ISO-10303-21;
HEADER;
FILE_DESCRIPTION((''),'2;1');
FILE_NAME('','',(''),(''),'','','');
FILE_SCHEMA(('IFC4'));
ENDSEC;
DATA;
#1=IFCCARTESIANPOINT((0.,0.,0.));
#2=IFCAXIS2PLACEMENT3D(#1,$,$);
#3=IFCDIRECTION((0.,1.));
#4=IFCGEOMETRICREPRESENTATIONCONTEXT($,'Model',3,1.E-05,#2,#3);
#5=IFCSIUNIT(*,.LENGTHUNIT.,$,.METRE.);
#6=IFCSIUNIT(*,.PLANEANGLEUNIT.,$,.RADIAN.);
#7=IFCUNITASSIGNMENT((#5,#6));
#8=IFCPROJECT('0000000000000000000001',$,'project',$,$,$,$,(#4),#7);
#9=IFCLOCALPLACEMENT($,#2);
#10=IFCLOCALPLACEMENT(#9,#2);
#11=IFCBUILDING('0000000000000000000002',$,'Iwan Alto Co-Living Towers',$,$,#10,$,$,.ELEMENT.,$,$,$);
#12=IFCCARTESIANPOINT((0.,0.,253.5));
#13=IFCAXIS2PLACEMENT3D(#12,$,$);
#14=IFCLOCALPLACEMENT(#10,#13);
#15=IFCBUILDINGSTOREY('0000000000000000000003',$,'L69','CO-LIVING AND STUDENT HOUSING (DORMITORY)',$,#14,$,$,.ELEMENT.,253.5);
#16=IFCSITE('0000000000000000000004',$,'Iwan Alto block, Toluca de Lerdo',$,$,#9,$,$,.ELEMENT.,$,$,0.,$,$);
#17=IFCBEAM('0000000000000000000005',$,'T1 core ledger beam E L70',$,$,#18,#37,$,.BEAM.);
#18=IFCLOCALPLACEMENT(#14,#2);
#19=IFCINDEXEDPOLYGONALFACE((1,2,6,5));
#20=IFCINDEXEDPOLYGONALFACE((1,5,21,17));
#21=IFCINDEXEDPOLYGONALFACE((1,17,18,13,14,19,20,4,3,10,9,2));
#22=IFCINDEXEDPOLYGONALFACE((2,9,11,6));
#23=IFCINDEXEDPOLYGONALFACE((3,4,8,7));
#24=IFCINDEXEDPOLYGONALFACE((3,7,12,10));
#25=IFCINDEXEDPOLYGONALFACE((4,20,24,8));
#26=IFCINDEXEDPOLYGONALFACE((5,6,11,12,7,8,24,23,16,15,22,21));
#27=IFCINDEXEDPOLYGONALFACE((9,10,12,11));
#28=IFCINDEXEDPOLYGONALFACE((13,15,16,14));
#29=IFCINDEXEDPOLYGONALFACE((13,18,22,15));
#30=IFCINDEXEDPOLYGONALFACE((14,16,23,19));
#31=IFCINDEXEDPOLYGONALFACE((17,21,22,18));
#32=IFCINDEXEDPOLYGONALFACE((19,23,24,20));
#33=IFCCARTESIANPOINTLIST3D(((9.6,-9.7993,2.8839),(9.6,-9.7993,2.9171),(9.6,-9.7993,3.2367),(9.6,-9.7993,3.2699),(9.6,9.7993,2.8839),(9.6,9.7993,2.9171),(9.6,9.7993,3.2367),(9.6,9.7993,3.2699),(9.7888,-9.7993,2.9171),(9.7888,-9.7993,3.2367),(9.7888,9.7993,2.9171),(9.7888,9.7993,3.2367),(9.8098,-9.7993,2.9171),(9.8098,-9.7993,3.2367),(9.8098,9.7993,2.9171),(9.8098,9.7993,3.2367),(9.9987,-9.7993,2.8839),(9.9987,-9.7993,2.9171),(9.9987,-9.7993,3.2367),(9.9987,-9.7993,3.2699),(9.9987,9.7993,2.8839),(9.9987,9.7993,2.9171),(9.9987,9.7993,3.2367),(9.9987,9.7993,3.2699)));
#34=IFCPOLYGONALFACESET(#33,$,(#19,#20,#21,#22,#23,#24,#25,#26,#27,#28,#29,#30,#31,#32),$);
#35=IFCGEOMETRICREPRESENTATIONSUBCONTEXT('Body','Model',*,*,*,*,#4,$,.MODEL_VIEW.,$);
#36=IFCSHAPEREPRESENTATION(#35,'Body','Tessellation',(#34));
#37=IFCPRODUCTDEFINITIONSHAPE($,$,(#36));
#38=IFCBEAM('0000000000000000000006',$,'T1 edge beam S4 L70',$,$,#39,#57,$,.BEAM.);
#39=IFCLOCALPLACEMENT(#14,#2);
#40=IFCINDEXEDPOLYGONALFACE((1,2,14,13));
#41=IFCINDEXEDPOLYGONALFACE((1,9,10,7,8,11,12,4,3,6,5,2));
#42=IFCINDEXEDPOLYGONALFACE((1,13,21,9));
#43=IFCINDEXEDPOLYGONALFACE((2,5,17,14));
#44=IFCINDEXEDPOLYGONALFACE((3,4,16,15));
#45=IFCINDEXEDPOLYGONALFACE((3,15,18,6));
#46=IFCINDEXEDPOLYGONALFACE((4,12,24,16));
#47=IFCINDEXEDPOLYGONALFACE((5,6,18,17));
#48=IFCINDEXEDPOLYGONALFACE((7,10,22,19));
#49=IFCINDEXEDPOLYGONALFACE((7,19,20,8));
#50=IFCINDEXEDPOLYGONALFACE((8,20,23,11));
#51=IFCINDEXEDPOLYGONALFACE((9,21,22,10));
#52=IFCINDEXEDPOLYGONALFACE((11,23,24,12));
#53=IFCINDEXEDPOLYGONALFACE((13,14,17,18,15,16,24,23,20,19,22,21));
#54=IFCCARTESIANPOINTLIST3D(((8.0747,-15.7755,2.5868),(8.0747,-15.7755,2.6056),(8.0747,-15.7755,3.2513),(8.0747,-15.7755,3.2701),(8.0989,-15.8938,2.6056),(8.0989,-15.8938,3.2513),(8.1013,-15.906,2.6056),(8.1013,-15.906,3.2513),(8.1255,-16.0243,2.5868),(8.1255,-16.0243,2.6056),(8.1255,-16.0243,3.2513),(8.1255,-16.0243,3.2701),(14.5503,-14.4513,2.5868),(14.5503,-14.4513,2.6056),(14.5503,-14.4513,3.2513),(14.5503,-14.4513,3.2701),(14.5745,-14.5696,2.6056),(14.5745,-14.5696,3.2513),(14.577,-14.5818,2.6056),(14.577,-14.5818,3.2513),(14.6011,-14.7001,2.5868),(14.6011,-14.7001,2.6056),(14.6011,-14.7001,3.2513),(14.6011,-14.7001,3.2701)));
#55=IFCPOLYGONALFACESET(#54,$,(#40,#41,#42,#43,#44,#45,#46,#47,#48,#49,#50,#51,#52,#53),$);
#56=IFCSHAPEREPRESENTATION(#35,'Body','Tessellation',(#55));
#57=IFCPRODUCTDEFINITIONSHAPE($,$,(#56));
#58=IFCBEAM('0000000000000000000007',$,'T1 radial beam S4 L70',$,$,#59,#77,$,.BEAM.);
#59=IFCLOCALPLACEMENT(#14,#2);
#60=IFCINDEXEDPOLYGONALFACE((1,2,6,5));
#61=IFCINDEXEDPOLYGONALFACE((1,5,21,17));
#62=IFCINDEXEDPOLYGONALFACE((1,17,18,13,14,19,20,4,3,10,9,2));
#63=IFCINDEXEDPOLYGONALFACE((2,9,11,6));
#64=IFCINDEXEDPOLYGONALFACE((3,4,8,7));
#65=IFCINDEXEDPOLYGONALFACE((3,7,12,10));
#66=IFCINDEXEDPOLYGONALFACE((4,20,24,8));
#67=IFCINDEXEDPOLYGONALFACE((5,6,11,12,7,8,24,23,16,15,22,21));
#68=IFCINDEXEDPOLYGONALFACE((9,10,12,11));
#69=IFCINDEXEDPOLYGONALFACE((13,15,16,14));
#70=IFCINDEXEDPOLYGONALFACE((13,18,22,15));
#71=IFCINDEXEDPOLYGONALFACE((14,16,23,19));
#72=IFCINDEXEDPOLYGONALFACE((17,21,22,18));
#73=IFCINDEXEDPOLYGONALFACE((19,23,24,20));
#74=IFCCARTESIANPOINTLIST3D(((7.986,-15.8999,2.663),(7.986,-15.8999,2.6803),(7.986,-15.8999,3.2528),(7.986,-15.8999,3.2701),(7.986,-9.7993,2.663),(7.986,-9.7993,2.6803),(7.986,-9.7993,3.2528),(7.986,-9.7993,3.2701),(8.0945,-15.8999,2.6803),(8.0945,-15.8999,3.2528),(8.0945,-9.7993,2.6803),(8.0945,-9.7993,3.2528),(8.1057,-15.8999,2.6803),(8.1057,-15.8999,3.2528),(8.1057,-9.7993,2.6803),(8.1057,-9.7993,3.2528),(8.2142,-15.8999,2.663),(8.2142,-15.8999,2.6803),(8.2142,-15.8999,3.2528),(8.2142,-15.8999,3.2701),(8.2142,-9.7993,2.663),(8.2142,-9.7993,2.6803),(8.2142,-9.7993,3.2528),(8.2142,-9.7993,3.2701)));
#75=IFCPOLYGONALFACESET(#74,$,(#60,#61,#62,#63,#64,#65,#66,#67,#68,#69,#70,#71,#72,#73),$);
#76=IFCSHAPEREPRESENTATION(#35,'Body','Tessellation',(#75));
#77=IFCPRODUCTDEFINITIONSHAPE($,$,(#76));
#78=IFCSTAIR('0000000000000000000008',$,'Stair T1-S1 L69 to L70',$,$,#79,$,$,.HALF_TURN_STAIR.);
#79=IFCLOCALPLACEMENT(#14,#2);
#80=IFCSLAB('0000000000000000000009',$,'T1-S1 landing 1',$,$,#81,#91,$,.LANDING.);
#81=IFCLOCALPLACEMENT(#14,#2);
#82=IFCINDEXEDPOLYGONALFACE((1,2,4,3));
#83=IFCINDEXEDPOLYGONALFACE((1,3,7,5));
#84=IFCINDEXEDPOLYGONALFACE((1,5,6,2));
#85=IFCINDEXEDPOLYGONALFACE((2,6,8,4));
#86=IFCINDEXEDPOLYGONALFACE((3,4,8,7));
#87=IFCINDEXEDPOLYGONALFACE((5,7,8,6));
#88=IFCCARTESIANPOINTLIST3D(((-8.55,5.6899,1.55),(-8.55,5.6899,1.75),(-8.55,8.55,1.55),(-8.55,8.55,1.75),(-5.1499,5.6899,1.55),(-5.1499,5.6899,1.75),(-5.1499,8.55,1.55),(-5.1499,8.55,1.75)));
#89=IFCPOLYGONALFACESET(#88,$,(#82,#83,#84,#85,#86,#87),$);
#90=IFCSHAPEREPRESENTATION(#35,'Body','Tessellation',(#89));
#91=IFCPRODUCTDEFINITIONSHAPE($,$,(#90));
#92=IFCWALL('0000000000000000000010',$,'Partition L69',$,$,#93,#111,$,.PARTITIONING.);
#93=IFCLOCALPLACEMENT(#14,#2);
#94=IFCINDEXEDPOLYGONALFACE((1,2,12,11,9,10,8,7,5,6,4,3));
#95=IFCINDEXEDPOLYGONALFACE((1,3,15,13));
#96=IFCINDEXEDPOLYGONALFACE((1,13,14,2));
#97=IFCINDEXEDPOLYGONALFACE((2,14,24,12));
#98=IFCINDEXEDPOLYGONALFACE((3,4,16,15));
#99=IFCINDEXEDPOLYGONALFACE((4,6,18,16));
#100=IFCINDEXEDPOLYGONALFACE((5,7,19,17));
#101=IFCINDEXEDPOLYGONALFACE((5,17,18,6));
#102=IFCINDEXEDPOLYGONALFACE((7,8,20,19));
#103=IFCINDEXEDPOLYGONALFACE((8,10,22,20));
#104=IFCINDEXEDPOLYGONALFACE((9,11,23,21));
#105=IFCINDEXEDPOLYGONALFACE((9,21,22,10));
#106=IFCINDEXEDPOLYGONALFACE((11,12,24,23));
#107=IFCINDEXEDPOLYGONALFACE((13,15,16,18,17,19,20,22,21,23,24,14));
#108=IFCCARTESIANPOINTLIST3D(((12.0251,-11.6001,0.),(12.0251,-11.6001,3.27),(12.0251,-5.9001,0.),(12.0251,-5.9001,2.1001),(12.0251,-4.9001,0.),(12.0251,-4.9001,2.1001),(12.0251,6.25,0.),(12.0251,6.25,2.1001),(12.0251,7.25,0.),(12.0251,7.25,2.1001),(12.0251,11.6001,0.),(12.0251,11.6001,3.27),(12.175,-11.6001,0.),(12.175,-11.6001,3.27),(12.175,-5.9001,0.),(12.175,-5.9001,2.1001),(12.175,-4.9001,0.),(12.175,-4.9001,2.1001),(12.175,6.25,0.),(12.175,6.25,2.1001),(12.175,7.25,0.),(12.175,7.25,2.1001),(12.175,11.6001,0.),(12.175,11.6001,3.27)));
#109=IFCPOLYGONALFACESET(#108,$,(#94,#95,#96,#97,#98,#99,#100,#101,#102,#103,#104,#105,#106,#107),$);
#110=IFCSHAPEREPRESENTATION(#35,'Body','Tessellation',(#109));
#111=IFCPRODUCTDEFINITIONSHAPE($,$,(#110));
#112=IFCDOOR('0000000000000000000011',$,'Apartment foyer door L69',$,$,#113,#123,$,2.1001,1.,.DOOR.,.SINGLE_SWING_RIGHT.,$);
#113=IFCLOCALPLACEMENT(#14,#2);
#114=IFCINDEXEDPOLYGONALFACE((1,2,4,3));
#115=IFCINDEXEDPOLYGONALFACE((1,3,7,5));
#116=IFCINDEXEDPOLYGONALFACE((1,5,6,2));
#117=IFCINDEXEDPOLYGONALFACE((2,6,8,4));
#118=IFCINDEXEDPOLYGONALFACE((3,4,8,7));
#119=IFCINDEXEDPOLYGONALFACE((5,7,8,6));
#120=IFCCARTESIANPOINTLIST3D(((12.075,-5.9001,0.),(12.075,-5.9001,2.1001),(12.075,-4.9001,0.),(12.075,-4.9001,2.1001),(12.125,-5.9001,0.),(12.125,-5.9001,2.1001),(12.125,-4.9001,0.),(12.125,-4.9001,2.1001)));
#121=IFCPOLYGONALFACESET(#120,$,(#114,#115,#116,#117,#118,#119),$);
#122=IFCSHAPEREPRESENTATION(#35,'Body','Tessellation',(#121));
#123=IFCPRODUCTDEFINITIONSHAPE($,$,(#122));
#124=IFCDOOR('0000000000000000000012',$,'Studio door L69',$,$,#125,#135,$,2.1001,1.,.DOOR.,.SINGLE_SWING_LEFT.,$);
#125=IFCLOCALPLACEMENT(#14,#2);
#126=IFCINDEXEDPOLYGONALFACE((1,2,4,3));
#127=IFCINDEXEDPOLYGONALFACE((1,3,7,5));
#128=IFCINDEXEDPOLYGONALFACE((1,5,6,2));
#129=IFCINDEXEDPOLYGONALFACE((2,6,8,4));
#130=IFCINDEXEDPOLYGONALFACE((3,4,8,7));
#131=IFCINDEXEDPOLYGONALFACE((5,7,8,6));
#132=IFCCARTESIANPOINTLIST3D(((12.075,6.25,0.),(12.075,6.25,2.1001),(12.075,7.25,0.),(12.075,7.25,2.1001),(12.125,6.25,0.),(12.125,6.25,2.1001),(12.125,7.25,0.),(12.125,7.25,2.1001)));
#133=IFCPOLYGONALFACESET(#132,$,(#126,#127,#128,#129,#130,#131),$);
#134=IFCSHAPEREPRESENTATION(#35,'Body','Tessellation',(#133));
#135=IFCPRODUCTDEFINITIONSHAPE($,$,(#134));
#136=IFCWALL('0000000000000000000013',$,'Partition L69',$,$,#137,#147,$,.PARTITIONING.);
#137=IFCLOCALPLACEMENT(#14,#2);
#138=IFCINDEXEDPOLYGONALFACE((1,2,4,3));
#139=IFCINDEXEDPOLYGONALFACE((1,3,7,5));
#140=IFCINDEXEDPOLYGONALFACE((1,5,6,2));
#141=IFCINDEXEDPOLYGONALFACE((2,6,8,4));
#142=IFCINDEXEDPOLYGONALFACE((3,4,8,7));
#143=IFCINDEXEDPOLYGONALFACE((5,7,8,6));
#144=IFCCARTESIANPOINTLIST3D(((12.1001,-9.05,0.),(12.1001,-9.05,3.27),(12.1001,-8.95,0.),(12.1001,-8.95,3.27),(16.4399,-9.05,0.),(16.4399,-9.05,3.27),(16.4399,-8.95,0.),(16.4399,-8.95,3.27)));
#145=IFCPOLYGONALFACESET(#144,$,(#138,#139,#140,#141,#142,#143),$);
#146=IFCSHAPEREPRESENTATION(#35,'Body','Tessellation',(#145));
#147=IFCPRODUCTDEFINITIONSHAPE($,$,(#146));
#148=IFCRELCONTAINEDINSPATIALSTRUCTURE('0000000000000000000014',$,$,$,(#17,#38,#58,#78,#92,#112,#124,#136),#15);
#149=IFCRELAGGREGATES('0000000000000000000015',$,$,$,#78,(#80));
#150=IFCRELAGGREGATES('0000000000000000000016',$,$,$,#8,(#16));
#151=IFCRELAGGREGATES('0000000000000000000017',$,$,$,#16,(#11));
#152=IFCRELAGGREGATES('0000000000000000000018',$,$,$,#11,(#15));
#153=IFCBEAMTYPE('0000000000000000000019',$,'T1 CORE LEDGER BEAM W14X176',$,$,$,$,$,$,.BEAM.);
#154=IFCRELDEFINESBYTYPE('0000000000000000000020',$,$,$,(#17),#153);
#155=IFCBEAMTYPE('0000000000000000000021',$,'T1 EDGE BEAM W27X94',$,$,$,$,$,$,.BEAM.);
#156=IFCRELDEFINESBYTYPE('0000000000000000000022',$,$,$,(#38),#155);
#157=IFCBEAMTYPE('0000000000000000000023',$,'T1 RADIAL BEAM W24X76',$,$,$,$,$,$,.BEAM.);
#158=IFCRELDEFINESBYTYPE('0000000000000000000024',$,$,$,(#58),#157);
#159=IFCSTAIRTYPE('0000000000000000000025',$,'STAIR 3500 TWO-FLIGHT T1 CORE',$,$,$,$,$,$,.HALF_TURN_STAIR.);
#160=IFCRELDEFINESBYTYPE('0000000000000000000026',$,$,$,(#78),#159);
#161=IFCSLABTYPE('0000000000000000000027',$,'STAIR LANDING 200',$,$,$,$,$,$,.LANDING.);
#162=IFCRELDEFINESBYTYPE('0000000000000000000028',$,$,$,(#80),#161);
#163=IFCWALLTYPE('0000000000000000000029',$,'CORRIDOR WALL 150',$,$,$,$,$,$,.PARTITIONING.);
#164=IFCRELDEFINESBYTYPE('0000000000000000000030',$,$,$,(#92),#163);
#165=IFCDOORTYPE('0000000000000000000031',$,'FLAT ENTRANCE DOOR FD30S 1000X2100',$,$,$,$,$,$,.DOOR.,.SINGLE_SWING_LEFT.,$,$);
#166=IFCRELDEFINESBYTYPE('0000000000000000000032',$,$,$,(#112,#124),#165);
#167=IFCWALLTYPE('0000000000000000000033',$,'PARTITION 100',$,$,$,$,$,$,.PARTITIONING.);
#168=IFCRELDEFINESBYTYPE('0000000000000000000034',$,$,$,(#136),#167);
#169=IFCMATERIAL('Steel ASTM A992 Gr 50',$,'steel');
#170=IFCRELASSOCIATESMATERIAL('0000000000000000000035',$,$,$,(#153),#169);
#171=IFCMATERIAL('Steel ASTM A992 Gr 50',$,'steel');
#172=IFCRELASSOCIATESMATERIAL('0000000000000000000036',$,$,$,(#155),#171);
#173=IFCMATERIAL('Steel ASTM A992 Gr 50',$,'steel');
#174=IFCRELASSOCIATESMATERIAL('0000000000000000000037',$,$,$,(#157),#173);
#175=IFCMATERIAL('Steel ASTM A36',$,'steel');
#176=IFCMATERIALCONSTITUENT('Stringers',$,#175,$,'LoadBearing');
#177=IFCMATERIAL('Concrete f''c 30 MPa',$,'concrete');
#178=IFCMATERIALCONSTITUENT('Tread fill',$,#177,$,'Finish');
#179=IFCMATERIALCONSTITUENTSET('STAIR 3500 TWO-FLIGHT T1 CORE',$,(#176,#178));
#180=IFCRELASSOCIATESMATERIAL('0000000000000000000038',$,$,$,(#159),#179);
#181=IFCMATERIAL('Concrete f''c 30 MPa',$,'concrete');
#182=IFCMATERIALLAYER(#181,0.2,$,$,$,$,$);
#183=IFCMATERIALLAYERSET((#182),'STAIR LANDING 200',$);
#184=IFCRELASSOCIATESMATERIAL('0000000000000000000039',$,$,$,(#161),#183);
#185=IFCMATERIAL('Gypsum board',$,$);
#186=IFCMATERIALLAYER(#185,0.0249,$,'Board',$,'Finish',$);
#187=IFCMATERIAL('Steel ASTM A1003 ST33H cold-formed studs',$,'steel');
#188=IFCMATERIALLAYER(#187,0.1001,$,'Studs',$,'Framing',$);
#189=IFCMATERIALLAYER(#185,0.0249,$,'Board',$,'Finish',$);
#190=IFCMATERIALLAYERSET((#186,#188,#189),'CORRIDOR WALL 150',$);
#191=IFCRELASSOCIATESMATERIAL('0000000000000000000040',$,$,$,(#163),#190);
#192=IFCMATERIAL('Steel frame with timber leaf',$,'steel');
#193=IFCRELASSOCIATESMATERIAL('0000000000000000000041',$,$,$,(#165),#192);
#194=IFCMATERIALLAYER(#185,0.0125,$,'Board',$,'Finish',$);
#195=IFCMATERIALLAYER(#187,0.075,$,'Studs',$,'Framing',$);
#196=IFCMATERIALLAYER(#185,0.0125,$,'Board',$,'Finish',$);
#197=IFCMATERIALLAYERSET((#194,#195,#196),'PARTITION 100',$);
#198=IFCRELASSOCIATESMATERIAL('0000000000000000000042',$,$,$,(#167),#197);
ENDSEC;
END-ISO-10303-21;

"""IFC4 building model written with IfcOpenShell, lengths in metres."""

from ifc_helpers import new_model, si_unit, direction, frame, frame_2d, origin, origin_2d, place, context, subcontext, project, spatial, polyline, rectangle, i_section, outline, extrude, material, layer, layer_set, constituent, constituent_set, material_profile, profile_set, type_object, element, fill, aggregate, save


model = new_model("IFC4")

# Units and contexts
model_context = context("Model", 3, precision=1e-05, world=origin(), true_north=direction((0.0, 1.0)))
body_context = subcontext(model_context, "Body", "Model", "MODEL_VIEW")
ifc_project = project(units=[si_unit("LENGTHUNIT", "METRE"), si_unit("PLANEANGLEUNIT", "RADIAN")], contexts=[model_context])

# Site, building, storey
site_placement = place(None, origin())
site = spatial("IfcSite", under=ifc_project, at=site_placement, Name="Iwan Alto block, Toluca de Lerdo", CompositionType="ELEMENT", RefElevation=0.0)
building_placement = place(site_placement, origin())
building = spatial("IfcBuilding", under=site, at=building_placement, Name="Iwan Alto Co-Living Towers", CompositionType="ELEMENT")
storey_placement = place(building_placement, frame((0.0, 0.0, 253.5)))
storey = spatial("IfcBuildingStorey", under=building, at=storey_placement, Name="L69", Description="CO-LIVING AND STUDENT HOUSING (DORMITORY)", CompositionType="ELEMENT", Elevation=253.5)

# Beams
ifc_material_1 = material(Name="Steel ASTM A992 Gr 50", Category="steel")
ifc_material_profile_1 = material_profile(ifc_material_1, i_section(OverallWidth=0.3987, OverallDepth=0.386, WebThickness=0.021, FlangeThickness=0.0332, at=origin_2d()), Name="W14X176")
ifc_profile_set_1 = profile_set([ifc_material_profile_1], Name="Steel ASTM A992 Gr 50")
beam_type_1 = type_object("IfcBeamType", Name="T1 CORE LEDGER BEAM W14X176", PredefinedType="BEAM", material=ifc_profile_set_1)
beam_1_placement = place(storey_placement, frame((9.7993, -9.7993, 3.0769), z_axis=(0.0, 1.0, 0.0), x_axis=(-1.0, 0.0, 0.0)))
element("IfcBeam", 1, at=beam_1_placement, inside=storey, type_object=beam_type_1, Name="T1 core ledger beam E L70", PredefinedType="BEAM", context=body_context, shape_type="SweptSolid", body=[
    extrude(i_section(OverallWidth=0.3987, OverallDepth=0.386, WebThickness=0.021, FlangeThickness=0.0332, at=origin_2d()), origin(), (0.0, 0.0, 1.0), 19.5986),
])
ifc_material_2 = material(Name="Steel ASTM A992 Gr 50", Category="steel")
ifc_material_profile_2 = material_profile(ifc_material_2, i_section(OverallWidth=0.2539, OverallDepth=0.6833, WebThickness=0.0125, FlangeThickness=0.0188, at=origin_2d()), Name="W27X94")
ifc_profile_set_2 = profile_set([ifc_material_profile_2], Name="Steel ASTM A992 Gr 50")
beam_type_2 = type_object("IfcBeamType", Name="T1 EDGE BEAM W27X94", PredefinedType="BEAM", material=ifc_profile_set_2)
beam_2_placement = place(storey_placement, frame((8.1001, -15.8999, 2.9285), z_axis=(0.979725, 0.200348, 0.0), x_axis=(-0.200348, 0.979725, 0.0)))
element("IfcBeam", 2, at=beam_2_placement, inside=storey, type_object=beam_type_2, Name="T1 edge beam S4 L70", PredefinedType="BEAM", context=body_context, shape_type="SweptSolid", body=[
    extrude(i_section(OverallWidth=0.2539, OverallDepth=0.6833, WebThickness=0.0125, FlangeThickness=0.0188, at=origin_2d()), origin(), (0.0, 0.0, 1.0), 6.6096),
])
ifc_material_3 = material(Name="Steel ASTM A992 Gr 50", Category="steel")
ifc_material_profile_3 = material_profile(ifc_material_3, i_section(OverallWidth=0.2283, OverallDepth=0.6072, WebThickness=0.0112, FlangeThickness=0.0173, at=origin_2d()), Name="W24X76")
ifc_profile_set_3 = profile_set([ifc_material_profile_3], Name="Steel ASTM A992 Gr 50")
beam_type_3 = type_object("IfcBeamType", Name="T1 RADIAL BEAM W24X76", PredefinedType="BEAM", material=ifc_profile_set_3)
beam_3_placement = place(storey_placement, frame((8.1001, -15.8999, 2.9666), z_axis=(0.0, 1.0, 0.0), x_axis=(-1.0, 0.0, 0.0)))
element("IfcBeam", 3, at=beam_3_placement, inside=storey, type_object=beam_type_3, Name="T1 radial beam S4 L70", PredefinedType="BEAM", context=body_context, shape_type="SweptSolid", body=[
    extrude(i_section(OverallWidth=0.2283, OverallDepth=0.6072, WebThickness=0.0112, FlangeThickness=0.0173, at=origin_2d()), origin(), (0.0, 0.0, 1.0), 6.1006),
])

# Stair, slab
ifc_material_4 = material(Name="Steel ASTM A36", Category="steel")
ifc_constituent_1 = constituent(ifc_material_4, Name="Stringers", Category="LoadBearing")
ifc_material_5 = material(Name="Concrete f'c 30 MPa", Category="concrete")
ifc_constituent_2 = constituent(ifc_material_5, Name="Tread fill", Category="Finish")
ifc_constituent_set_1 = constituent_set(constituents=[ifc_constituent_1, ifc_constituent_2], Name="STAIR 3500 TWO-FLIGHT T1 CORE")
stair_type = type_object("IfcStairType", Name="STAIR 3500 TWO-FLIGHT T1 CORE", PredefinedType="HALF_TURN_STAIR", material=ifc_constituent_set_1)
stair_1_placement = place(storey_placement, origin())
stair_1 = element("IfcStair", 4, at=stair_1_placement, inside=storey, type_object=stair_type, Name="Stair T1-S1 L69 to L70", PredefinedType="HALF_TURN_STAIR")
ifc_material_6 = material(Name="Concrete f'c 30 MPa", Category="concrete")
ifc_layer_1 = layer(ifc_material_6, 0.2)
ifc_layer_set_1 = layer_set([ifc_layer_1], Name="STAIR LANDING 200")
slab_type = type_object("IfcSlabType", Name="STAIR LANDING 200", PredefinedType="LANDING", material=ifc_layer_set_1)
slab_placement = place(storey_placement, frame((0.0, 0.0, 1.55)))
slab = element("IfcSlab", 5, at=slab_placement, type_object=slab_type, Name="T1-S1 landing 1", PredefinedType="LANDING", context=body_context, shape_type="SweptSolid", body=[
    extrude(outline(polyline([(-8.55, 5.6899), (-8.55, 8.55), (-5.1499, 8.55), (-5.1499, 5.6899), (-8.55, 5.6899)])), origin(), (0.0, 0.0, 1.0), 0.2),
])
aggregate(stair_1, [slab])

# Wall, openings, doors
ifc_material_7 = material(Name="Gypsum board")
ifc_layer_2 = layer(ifc_material_7, 0.0249, Name="Board", Category="Finish")
ifc_material_8 = material(Name="Steel ASTM A1003 ST33H cold-formed studs", Category="steel")
ifc_layer_3 = layer(ifc_material_8, 0.1001, Name="Studs", Category="Framing")
ifc_layer_4 = layer(ifc_material_7, 0.0249, Name="Board", Category="Finish")
ifc_layer_set_2 = layer_set([ifc_layer_2, ifc_layer_3, ifc_layer_4], Name="CORRIDOR WALL 150")
wall_type_1 = type_object("IfcWallType", Name="CORRIDOR WALL 150", PredefinedType="PARTITIONING", material=ifc_layer_set_2)
wall_1_placement = place(storey_placement, frame((12.1001, -11.6001, 0.0), z_axis=(0.0, 0.0, 1.0), x_axis=(0.0, 1.0, 0.0)))
wall_1 = element("IfcWall", 6, at=wall_1_placement, inside=storey, type_object=wall_type_1, Name="Partition L69", PredefinedType="PARTITIONING", context=body_context, shape_type="SweptSolid", body=[
    extrude(rectangle(XDim=23.2002, YDim=0.1499, at=frame_2d((11.6001, 0.0))), origin(), (0.0, 0.0, 1.0), 3.27),
])
opening_1_placement = place(wall_1_placement, frame((5.7, 0.0, 0.0)))
opening_1 = element("IfcOpeningElement", 7, at=opening_1_placement, cuts=wall_1, PredefinedType="OPENING", context=body_context, shape_type="SweptSolid", body=[
    extrude(rectangle(XDim=1.0, YDim=2.1001, at=frame_2d((0.5, 1.05))), frame((0.0, 0.085, 0.0), z_axis=(0.0, -1.0, 0.0), x_axis=(1.0, 0.0, 0.0)), (0.0, 0.0, 1.0), 0.1699),
])
opening_2_placement = place(wall_1_placement, frame((17.8501, 0.0, 0.0)))
opening_2 = element("IfcOpeningElement", 8, at=opening_2_placement, cuts=wall_1, PredefinedType="OPENING", context=body_context, shape_type="SweptSolid", body=[
    extrude(rectangle(XDim=1.0, YDim=2.1001, at=frame_2d((0.5, 1.05))), frame((0.0, 0.085, 0.0), z_axis=(0.0, -1.0, 0.0), x_axis=(1.0, 0.0, 0.0)), (0.0, 0.0, 1.0), 0.1699),
])
ifc_material_9 = material(Name="Steel frame with timber leaf", Category="steel")
door_type_1 = type_object("IfcDoorType", Name="FLAT ENTRANCE DOOR FD30S 1000X2100", OperationType="SINGLE_SWING_LEFT", PredefinedType="DOOR", material=ifc_material_9)
door_1_placement = place(opening_1_placement, frame((1.0, 0.0, 0.0), z_axis=(0.0, 0.0, 1.0), x_axis=(-1.0, 0.0, 0.0)))
door_1 = element("IfcDoor", 9, at=door_1_placement, inside=storey, type_object=door_type_1, Name="Apartment foyer door L69", OperationType="SINGLE_SWING_RIGHT", OverallHeight=2.1001, OverallWidth=1.0, PredefinedType="DOOR", context=body_context, shape_type="SweptSolid", body=[
    extrude(rectangle(XDim=1.0, YDim=2.1001, at=frame_2d((0.5, 1.05))), frame((0.0, 0.0249, 0.0), z_axis=(0.0, -1.0, 0.0), x_axis=(1.0, 0.0, 0.0)), (0.0, 0.0, 1.0), 0.05),
])
fill(opening_1, door_1)
door_2_placement = place(opening_2_placement, frame((1.0, 0.0, 0.0), z_axis=(0.0, 0.0, 1.0), x_axis=(-1.0, 0.0, 0.0)))
door_2 = element("IfcDoor", 10, at=door_2_placement, inside=storey, type_object=door_type_1, Name="Studio door L69", OperationType="SINGLE_SWING_LEFT", OverallHeight=2.1001, OverallWidth=1.0, PredefinedType="DOOR", context=body_context, shape_type="SweptSolid", body=[
    extrude(rectangle(XDim=1.0, YDim=2.1001, at=frame_2d((0.5, 1.05))), frame((0.0, 0.0249, 0.0), z_axis=(0.0, -1.0, 0.0), x_axis=(1.0, 0.0, 0.0)), (0.0, 0.0, 1.0), 0.05),
])
fill(opening_2, door_2)

# Wall
ifc_layer_5 = layer(ifc_material_7, 0.0125, Name="Board", Category="Finish")
ifc_layer_6 = layer(ifc_material_8, 0.075, Name="Studs", Category="Framing")
ifc_layer_7 = layer(ifc_material_7, 0.0125, Name="Board", Category="Finish")
ifc_layer_set_3 = layer_set([ifc_layer_5, ifc_layer_6, ifc_layer_7], Name="PARTITION 100")
wall_type_2 = type_object("IfcWallType", Name="PARTITION 100", PredefinedType="PARTITIONING", material=ifc_layer_set_3)
wall_2_placement = place(storey_placement, frame((12.1001, -9.0, 0.0), z_axis=(0.0, 0.0, 1.0), x_axis=(1.0, 0.0, 0.0)))
element("IfcWall", 11, at=wall_2_placement, inside=storey, type_object=wall_type_2, Name="Partition L69", PredefinedType="PARTITIONING", context=body_context, shape_type="SweptSolid", body=[
    extrude(rectangle(XDim=4.3398, YDim=0.1001, at=frame_2d((2.1699, 0.0))), origin(), (0.0, 0.0, 1.0), 3.27),
])

save(model, "model.ifc")
